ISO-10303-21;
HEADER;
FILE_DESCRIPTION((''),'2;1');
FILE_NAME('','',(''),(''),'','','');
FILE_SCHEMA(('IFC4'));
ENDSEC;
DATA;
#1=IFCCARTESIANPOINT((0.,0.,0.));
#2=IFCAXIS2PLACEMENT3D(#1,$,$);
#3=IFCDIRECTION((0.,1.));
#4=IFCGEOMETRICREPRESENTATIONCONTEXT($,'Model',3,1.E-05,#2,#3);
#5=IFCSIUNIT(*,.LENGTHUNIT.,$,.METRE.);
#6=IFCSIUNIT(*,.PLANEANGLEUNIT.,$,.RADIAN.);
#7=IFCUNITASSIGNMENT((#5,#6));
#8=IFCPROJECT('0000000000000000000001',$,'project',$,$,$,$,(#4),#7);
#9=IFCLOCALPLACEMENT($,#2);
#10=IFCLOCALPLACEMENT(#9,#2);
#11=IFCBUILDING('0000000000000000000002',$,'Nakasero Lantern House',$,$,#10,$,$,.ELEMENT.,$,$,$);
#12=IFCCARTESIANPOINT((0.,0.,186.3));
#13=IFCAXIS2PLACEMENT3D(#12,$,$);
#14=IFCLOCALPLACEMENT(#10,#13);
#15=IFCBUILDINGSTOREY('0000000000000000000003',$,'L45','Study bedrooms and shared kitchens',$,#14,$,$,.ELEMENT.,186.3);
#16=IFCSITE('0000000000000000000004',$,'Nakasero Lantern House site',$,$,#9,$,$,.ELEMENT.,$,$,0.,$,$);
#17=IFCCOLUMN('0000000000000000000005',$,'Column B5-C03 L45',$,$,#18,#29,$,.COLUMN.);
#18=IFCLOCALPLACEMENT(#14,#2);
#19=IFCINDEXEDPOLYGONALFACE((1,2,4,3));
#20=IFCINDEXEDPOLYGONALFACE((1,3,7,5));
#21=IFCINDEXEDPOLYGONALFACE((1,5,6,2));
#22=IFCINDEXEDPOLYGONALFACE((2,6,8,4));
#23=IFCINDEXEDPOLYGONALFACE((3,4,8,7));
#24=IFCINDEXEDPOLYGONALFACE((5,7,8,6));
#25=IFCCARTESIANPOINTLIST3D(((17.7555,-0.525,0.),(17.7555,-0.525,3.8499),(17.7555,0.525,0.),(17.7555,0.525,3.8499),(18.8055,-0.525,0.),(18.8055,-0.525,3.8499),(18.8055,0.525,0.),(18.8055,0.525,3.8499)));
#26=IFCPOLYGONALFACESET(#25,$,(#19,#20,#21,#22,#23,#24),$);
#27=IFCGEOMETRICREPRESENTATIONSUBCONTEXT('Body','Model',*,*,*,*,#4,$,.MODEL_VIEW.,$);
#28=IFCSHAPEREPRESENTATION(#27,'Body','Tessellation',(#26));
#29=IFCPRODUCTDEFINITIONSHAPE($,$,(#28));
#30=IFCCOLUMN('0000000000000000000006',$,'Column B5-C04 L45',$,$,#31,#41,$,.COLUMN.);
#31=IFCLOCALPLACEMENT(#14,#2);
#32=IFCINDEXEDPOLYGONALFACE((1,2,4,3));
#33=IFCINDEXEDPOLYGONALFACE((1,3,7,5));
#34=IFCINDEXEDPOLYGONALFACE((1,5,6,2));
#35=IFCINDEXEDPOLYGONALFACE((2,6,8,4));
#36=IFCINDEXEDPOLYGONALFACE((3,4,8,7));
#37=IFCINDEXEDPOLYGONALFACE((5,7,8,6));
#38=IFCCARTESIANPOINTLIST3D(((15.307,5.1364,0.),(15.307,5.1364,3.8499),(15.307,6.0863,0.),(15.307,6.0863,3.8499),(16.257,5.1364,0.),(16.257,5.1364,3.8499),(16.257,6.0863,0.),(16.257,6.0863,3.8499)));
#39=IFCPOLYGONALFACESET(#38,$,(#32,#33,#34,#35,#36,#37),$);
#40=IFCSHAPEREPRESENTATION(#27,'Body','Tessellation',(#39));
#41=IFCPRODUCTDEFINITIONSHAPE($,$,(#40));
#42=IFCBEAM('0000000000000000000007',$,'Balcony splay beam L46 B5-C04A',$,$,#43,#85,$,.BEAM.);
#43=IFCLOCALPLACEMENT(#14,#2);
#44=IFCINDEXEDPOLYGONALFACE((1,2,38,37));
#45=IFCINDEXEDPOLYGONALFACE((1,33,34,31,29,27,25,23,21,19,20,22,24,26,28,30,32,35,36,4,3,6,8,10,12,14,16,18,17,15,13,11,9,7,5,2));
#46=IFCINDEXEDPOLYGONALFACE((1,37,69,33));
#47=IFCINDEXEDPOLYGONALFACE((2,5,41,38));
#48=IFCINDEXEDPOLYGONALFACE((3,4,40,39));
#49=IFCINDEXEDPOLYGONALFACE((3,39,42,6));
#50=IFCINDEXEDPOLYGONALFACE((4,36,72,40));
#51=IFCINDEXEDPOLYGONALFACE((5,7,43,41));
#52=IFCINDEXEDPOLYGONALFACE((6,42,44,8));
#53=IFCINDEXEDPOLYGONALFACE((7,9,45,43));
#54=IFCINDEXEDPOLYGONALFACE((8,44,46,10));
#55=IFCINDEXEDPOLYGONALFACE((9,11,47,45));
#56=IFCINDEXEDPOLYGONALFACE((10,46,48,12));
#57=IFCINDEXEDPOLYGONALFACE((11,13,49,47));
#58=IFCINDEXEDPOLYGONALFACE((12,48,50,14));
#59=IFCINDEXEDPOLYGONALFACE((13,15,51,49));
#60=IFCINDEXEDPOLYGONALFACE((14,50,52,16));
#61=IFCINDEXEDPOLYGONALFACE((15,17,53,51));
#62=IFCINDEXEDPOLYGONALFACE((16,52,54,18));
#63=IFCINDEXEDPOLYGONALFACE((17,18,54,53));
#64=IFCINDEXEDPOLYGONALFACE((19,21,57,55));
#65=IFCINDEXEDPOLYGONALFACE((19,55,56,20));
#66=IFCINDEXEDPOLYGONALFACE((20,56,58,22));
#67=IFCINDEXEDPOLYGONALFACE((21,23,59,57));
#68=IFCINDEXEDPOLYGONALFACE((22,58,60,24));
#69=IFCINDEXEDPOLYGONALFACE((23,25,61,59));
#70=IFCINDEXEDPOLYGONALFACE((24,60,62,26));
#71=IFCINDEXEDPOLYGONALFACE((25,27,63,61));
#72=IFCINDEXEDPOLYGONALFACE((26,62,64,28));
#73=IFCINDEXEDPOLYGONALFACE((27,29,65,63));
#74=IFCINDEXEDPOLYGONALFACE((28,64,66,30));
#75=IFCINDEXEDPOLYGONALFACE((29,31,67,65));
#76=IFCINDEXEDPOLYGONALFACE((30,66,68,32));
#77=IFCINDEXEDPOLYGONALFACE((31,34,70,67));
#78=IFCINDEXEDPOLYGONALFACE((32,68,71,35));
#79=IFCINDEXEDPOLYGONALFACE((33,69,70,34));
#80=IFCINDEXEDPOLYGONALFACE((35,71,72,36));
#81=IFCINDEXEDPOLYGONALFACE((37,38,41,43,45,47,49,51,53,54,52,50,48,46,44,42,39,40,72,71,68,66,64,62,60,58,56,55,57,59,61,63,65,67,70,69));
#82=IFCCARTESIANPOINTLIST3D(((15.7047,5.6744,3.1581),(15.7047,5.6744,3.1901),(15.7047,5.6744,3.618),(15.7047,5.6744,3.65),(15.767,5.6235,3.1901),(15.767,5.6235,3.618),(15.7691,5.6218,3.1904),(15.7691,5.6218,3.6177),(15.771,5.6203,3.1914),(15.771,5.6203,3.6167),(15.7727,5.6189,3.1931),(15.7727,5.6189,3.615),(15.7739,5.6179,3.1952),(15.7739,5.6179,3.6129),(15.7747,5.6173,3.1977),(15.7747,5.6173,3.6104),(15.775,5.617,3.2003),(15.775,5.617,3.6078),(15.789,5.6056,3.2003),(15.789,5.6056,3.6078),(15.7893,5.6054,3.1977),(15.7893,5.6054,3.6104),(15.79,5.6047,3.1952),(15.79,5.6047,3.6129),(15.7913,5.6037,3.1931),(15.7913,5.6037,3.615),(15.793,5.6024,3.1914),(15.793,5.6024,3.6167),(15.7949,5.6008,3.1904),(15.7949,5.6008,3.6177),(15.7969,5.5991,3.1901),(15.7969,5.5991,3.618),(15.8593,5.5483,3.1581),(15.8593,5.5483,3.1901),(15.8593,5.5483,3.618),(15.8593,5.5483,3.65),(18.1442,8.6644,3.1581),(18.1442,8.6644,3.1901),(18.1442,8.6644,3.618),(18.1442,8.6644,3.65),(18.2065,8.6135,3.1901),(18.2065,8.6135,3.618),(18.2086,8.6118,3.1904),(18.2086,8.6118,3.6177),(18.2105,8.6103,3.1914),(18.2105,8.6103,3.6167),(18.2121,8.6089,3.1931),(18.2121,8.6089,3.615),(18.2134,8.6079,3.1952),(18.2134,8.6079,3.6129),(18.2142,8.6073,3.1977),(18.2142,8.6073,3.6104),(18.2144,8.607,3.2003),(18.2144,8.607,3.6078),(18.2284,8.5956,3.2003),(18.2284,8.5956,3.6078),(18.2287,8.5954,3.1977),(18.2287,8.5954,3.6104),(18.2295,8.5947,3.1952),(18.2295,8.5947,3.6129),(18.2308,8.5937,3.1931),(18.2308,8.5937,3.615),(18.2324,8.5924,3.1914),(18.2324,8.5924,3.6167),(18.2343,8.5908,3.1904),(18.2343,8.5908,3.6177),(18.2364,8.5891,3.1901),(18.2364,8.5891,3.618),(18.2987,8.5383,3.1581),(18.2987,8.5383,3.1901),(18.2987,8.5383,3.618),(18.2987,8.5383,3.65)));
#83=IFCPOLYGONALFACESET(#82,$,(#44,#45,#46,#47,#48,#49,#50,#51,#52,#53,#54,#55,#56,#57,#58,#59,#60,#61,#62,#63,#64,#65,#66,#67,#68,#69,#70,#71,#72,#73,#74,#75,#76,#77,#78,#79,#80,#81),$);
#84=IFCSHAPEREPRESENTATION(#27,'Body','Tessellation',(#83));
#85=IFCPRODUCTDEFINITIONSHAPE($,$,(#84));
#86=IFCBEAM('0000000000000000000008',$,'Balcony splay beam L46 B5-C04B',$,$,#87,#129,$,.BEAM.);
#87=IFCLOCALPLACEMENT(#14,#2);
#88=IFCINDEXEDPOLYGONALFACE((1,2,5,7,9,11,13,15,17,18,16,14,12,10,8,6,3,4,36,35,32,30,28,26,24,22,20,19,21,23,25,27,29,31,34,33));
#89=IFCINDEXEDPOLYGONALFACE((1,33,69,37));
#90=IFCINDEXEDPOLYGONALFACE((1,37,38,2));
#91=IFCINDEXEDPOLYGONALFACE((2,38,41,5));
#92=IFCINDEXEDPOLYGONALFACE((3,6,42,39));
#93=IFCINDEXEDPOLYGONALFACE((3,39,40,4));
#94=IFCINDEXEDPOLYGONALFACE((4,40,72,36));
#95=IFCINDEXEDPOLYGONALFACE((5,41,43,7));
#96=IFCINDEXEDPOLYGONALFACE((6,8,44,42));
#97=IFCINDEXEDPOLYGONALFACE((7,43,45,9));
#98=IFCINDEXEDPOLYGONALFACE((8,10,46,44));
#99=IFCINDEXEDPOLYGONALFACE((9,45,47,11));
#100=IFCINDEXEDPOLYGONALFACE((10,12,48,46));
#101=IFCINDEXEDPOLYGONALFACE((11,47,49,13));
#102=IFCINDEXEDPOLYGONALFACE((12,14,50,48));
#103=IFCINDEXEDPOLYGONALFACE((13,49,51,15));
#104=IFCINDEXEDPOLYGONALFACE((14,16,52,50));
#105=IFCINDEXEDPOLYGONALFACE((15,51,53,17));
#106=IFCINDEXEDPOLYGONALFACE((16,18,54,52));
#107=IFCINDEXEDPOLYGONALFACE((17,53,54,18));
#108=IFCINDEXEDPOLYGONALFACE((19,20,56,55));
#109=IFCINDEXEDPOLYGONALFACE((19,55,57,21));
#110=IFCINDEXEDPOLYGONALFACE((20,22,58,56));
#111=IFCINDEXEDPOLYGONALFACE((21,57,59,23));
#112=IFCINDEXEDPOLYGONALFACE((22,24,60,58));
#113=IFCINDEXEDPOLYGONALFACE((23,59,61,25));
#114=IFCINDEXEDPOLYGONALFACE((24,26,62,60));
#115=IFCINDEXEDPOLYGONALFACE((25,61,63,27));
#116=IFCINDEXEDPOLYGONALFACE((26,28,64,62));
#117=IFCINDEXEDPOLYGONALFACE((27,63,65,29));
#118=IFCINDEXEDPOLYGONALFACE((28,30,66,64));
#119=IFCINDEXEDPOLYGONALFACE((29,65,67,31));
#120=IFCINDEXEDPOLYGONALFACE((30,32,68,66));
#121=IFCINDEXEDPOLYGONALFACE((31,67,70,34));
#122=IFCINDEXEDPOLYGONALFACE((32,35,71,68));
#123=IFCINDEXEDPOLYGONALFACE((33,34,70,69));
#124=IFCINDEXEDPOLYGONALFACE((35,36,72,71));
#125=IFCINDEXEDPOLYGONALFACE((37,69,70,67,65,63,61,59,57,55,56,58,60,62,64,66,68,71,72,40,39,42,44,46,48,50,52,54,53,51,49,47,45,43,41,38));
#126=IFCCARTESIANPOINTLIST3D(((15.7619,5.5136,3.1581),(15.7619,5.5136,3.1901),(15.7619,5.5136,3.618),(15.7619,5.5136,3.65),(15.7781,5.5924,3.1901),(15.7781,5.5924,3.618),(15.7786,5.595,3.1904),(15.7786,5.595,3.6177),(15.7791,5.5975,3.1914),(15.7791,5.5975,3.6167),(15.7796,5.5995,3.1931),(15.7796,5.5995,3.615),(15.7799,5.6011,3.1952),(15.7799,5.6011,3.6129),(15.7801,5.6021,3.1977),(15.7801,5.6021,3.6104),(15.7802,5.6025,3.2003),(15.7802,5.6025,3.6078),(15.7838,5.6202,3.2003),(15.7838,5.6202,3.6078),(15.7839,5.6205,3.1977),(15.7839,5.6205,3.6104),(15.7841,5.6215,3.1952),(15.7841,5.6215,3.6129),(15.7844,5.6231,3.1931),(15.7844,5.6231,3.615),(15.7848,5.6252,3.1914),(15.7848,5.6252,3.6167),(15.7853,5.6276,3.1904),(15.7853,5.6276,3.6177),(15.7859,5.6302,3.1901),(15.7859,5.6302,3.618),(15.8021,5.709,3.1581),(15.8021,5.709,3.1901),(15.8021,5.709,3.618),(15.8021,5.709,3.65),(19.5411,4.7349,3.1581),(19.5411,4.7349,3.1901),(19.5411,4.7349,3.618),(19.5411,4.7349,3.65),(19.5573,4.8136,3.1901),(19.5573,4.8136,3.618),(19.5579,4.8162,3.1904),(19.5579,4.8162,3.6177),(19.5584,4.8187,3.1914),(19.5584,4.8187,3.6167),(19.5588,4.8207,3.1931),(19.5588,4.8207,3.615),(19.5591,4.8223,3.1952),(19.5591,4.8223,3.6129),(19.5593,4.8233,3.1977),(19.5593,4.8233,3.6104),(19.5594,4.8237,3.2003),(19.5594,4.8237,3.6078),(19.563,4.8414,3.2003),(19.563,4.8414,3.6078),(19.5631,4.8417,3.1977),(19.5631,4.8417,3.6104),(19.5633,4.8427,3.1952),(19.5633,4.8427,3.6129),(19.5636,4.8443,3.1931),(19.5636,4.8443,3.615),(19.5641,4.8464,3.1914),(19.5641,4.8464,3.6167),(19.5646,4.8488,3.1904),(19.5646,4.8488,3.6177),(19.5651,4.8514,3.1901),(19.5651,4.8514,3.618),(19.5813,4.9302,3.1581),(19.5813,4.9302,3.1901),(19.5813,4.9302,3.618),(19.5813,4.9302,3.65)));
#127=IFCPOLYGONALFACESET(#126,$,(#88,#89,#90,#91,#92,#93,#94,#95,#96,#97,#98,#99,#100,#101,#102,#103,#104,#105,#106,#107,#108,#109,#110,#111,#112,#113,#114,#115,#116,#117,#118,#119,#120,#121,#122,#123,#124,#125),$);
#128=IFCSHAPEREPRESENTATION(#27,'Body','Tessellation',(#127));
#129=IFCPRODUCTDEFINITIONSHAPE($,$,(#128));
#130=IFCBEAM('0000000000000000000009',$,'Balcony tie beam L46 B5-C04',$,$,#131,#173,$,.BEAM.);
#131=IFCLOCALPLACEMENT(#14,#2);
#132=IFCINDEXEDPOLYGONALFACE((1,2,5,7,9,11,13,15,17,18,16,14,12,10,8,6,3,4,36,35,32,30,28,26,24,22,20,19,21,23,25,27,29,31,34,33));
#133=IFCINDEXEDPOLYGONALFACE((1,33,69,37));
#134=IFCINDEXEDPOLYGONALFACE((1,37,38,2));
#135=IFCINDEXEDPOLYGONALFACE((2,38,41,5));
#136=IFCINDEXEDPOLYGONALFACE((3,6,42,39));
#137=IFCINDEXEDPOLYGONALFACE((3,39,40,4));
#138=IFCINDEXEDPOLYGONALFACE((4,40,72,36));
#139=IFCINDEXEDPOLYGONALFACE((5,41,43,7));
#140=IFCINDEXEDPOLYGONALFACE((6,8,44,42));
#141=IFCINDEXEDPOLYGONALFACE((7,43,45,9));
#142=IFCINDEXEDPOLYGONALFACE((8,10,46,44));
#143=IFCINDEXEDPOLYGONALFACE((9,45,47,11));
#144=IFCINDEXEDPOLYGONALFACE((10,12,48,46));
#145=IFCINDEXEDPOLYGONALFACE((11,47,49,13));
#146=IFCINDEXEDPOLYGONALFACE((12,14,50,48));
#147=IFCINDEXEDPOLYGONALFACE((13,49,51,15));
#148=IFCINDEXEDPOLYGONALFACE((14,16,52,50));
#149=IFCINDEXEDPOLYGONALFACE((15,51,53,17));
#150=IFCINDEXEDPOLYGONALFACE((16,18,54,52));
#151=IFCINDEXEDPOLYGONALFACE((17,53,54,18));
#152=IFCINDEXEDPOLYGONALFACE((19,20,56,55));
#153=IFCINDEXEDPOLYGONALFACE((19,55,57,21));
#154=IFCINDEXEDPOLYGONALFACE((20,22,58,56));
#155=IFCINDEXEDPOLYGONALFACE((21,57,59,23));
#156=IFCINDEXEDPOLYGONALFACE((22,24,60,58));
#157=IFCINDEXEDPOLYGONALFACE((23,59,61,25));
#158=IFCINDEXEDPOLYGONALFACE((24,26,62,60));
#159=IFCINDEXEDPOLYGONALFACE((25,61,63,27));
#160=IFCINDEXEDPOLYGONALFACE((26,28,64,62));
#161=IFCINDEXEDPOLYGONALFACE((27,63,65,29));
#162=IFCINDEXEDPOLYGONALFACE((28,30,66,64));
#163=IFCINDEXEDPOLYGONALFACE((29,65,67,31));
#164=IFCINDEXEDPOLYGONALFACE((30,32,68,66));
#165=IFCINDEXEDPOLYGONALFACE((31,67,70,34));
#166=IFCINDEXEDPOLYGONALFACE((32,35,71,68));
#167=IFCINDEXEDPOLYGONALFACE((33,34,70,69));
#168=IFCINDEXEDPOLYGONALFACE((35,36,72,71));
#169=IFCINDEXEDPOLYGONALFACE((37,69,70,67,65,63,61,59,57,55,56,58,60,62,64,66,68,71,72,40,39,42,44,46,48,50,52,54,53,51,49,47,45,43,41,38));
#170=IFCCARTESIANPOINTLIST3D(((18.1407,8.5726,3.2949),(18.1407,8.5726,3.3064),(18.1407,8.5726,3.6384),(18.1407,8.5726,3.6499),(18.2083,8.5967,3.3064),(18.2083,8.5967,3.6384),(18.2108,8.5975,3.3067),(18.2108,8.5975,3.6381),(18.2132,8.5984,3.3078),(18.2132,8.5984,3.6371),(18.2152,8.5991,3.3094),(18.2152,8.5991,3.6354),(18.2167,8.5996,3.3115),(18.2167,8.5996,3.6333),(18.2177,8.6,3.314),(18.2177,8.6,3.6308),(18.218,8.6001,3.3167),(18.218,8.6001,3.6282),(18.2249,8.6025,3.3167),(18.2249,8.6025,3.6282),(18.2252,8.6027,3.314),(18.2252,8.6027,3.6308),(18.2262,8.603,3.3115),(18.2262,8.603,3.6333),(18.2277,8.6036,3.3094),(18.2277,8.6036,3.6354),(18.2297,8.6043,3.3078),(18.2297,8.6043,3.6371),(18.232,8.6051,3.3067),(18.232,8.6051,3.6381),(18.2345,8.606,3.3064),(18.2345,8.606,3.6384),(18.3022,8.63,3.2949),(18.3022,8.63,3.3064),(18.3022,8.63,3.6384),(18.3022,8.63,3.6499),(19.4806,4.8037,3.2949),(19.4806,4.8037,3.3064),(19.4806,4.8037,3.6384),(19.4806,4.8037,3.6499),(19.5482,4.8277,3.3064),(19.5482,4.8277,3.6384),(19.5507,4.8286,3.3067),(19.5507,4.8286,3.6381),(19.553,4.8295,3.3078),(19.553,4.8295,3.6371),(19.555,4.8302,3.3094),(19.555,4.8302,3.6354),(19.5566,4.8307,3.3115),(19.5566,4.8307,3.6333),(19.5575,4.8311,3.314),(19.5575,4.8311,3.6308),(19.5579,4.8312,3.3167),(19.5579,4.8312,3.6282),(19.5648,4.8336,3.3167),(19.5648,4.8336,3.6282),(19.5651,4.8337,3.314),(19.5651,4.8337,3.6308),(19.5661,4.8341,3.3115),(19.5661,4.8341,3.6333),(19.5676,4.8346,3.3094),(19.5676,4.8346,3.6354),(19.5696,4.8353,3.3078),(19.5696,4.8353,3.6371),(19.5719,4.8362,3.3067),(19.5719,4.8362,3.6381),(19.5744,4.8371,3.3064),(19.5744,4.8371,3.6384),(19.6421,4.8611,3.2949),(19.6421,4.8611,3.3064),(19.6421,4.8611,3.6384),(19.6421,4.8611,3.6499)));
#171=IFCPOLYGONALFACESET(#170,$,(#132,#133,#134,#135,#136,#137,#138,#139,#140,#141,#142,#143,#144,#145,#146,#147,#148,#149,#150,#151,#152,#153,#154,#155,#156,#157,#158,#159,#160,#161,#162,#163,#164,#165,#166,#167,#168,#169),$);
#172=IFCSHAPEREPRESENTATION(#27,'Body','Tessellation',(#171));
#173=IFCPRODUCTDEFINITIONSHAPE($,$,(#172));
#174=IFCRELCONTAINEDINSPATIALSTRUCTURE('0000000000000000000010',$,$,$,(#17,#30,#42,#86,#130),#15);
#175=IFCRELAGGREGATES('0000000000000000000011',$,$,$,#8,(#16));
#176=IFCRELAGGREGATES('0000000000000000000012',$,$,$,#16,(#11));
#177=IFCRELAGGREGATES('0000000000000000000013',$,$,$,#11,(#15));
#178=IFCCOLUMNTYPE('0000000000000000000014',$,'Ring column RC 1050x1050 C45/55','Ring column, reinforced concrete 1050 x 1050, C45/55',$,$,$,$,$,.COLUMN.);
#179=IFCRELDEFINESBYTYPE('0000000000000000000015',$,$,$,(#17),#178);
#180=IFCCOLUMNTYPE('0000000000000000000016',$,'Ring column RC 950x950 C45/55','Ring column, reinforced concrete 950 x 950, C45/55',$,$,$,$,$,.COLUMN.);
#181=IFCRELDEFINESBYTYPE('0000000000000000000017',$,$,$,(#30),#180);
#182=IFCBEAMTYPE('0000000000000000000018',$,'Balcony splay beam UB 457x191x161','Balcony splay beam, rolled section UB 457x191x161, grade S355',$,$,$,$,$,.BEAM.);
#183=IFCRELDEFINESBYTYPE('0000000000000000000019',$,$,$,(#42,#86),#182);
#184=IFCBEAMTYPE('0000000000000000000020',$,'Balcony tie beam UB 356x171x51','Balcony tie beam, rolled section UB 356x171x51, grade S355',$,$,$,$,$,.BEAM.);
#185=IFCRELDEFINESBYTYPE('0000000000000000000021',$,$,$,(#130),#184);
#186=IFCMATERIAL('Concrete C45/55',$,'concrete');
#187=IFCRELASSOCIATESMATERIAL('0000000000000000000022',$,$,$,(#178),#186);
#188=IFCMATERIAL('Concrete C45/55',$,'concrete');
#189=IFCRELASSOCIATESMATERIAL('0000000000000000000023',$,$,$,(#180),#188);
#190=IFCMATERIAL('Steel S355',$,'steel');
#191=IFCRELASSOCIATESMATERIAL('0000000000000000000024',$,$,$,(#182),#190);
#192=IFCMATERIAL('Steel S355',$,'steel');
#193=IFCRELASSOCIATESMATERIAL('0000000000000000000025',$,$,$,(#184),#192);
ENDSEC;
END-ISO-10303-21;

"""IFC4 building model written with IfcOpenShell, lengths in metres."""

from ifc_helpers import new_model, si_unit, direction, frame, origin, origin_2d, place, context, subcontext, project, spatial, rectangle, i_section, extrude, material, material_profile, profile_set, type_object, element, save


model = new_model("IFC4")

# Units and contexts
model_context = context("Model", 3, precision=1e-05, world=origin(), true_north=direction((0.0, 1.0)))
body_context = subcontext(model_context, "Body", "Model", "MODEL_VIEW")
ifc_project = project(units=[si_unit("LENGTHUNIT", "METRE"), si_unit("PLANEANGLEUNIT", "RADIAN")], contexts=[model_context])

# Site, building, storey
site_placement = place(None, origin())
site = spatial("IfcSite", under=ifc_project, at=site_placement, Name="Nakasero Lantern House site", CompositionType="ELEMENT", RefElevation=0.0)
building_placement = place(site_placement, origin())
building = spatial("IfcBuilding", under=site, at=building_placement, Name="Nakasero Lantern House", CompositionType="ELEMENT")
storey_placement = place(building_placement, frame((0.0, 0.0, 186.3)))
storey = spatial("IfcBuildingStorey", under=building, at=storey_placement, Name="L45", Description="Study bedrooms and shared kitchens", CompositionType="ELEMENT", Elevation=186.3)

# Columns
ifc_material_1 = material(Name="Concrete C45/55", Category="concrete")
ifc_material_profile_1 = material_profile(ifc_material_1, rectangle(XDim=1.05, YDim=1.05, at=origin_2d()), Name="RC 1050x1050")
ifc_profile_set_1 = profile_set([ifc_material_profile_1], Name="Concrete C45/55")
column_type_1 = type_object("IfcColumnType", Name="Ring column RC 1050x1050 C45/55", Description="Ring column, reinforced concrete 1050 x 1050, C45/55", PredefinedType="COLUMN", material=ifc_profile_set_1)
column_1_placement = place(storey_placement, frame((18.2805, 0.0, 0.0), z_axis=(0.0, 0.0, 1.0), x_axis=(1.0, 0.0, 0.0)))
element("IfcColumn", 1, at=column_1_placement, inside=storey, type_object=column_type_1, Name="Column B5-C03 L45", PredefinedType="COLUMN", context=body_context, shape_type="SweptSolid", body=[
    extrude(rectangle(XDim=1.05, YDim=1.05, at=origin_2d()), origin(), (0.0, 0.0, 1.0), 3.8499),
])
ifc_material_2 = material(Name="Concrete C45/55", Category="concrete")
ifc_material_profile_2 = material_profile(ifc_material_2, rectangle(XDim=0.95, YDim=0.95, at=origin_2d()), Name="RC 950x950")
ifc_profile_set_2 = profile_set([ifc_material_profile_2], Name="Concrete C45/55")
column_type_2 = type_object("IfcColumnType", Name="Ring column RC 950x950 C45/55", Description="Ring column, reinforced concrete 950 x 950, C45/55", PredefinedType="COLUMN", material=ifc_profile_set_2)
column_2_placement = place(storey_placement, frame((15.782, 5.6113, 0.0), z_axis=(0.0, 0.0, 1.0), x_axis=(1.0, 0.0, 0.0)))
element("IfcColumn", 2, at=column_2_placement, inside=storey, type_object=column_type_2, Name="Column B5-C04 L45", PredefinedType="COLUMN", context=body_context, shape_type="SweptSolid", body=[
    extrude(rectangle(XDim=0.95, YDim=0.95, at=origin_2d()), origin(), (0.0, 0.0, 1.0), 3.8499),
])

# Beams
ifc_material_3 = material(Name="Steel S355", Category="steel")
ifc_material_profile_3 = material_profile(ifc_material_3, i_section(OverallWidth=0.1995, OverallDepth=0.4919, WebThickness=0.0181, FlangeThickness=0.032, FilletRadius=0.0103, at=origin_2d()), Name="UB 457x191x161")
ifc_profile_set_3 = profile_set([ifc_material_profile_3], Name="Steel S355")
beam_type_1 = type_object("IfcBeamType", Name="Balcony splay beam UB 457x191x161", Description="Balcony splay beam, rolled section UB 457x191x161, grade S355", PredefinedType="BEAM", material=ifc_profile_set_3)
beam_1_placement = place(storey_placement, frame((15.782, 5.6113, 3.4041), z_axis=(0.632166, 0.774833, 0.0), x_axis=(-0.774833, 0.632166, 0.0)))
element("IfcBeam", 3, at=beam_1_placement, inside=storey, type_object=beam_type_1, Name="Balcony splay beam L46 B5-C04A", PredefinedType="BEAM", context=body_context, shape_type="SweptSolid", body=[
    extrude(i_section(OverallWidth=0.1995, OverallDepth=0.4919, WebThickness=0.0181, FlangeThickness=0.032, FilletRadius=0.0103, at=origin_2d()), origin(), (0.0, 0.0, 1.0), 3.8589),
])
beam_2_placement = place(storey_placement, frame((15.782, 5.6113, 3.4041), z_axis=(0.97942, -0.201831, 0.0), x_axis=(0.201831, 0.97942, 0.0)))
element("IfcBeam", 4, at=beam_2_placement, inside=storey, type_object=beam_type_1, Name="Balcony splay beam L46 B5-C04B", PredefinedType="BEAM", context=body_context, shape_type="SweptSolid", body=[
    extrude(i_section(OverallWidth=0.1995, OverallDepth=0.4919, WebThickness=0.0181, FlangeThickness=0.032, FilletRadius=0.0103, at=origin_2d()), origin(), (0.0, 0.0, 1.0), 3.8586),
])
ifc_material_4 = material(Name="Steel S355", Category="steel")
ifc_material_profile_4 = material_profile(ifc_material_4, i_section(OverallWidth=0.1714, OverallDepth=0.355, WebThickness=0.0073, FlangeThickness=0.0115, FilletRadius=0.0103, at=origin_2d()), Name="UB 356x171x51")
ifc_profile_set_4 = profile_set([ifc_material_profile_4], Name="Steel S355")
beam_type_2 = type_object("IfcBeamType", Name="Balcony tie beam UB 356x171x51", Description="Balcony tie beam, rolled section UB 356x171x51, grade S355", PredefinedType="BEAM", material=ifc_profile_set_4)
beam_3_placement = place(storey_placement, frame((18.2214, 8.6013, 3.4724), z_axis=(0.334971, -0.942228, 0.0), x_axis=(0.942228, 0.334971, 0.0)))
element("IfcBeam", 5, at=beam_3_placement, inside=storey, type_object=beam_type_2, Name="Balcony tie beam L46 B5-C04", PredefinedType="BEAM", context=body_context, shape_type="SweptSolid", body=[
    extrude(i_section(OverallWidth=0.1714, OverallDepth=0.355, WebThickness=0.0073, FlangeThickness=0.0115, FilletRadius=0.0103, at=origin_2d()), origin(), (0.0, 0.0, 1.0), 4.0),
])

save(model, "model.ifc")
